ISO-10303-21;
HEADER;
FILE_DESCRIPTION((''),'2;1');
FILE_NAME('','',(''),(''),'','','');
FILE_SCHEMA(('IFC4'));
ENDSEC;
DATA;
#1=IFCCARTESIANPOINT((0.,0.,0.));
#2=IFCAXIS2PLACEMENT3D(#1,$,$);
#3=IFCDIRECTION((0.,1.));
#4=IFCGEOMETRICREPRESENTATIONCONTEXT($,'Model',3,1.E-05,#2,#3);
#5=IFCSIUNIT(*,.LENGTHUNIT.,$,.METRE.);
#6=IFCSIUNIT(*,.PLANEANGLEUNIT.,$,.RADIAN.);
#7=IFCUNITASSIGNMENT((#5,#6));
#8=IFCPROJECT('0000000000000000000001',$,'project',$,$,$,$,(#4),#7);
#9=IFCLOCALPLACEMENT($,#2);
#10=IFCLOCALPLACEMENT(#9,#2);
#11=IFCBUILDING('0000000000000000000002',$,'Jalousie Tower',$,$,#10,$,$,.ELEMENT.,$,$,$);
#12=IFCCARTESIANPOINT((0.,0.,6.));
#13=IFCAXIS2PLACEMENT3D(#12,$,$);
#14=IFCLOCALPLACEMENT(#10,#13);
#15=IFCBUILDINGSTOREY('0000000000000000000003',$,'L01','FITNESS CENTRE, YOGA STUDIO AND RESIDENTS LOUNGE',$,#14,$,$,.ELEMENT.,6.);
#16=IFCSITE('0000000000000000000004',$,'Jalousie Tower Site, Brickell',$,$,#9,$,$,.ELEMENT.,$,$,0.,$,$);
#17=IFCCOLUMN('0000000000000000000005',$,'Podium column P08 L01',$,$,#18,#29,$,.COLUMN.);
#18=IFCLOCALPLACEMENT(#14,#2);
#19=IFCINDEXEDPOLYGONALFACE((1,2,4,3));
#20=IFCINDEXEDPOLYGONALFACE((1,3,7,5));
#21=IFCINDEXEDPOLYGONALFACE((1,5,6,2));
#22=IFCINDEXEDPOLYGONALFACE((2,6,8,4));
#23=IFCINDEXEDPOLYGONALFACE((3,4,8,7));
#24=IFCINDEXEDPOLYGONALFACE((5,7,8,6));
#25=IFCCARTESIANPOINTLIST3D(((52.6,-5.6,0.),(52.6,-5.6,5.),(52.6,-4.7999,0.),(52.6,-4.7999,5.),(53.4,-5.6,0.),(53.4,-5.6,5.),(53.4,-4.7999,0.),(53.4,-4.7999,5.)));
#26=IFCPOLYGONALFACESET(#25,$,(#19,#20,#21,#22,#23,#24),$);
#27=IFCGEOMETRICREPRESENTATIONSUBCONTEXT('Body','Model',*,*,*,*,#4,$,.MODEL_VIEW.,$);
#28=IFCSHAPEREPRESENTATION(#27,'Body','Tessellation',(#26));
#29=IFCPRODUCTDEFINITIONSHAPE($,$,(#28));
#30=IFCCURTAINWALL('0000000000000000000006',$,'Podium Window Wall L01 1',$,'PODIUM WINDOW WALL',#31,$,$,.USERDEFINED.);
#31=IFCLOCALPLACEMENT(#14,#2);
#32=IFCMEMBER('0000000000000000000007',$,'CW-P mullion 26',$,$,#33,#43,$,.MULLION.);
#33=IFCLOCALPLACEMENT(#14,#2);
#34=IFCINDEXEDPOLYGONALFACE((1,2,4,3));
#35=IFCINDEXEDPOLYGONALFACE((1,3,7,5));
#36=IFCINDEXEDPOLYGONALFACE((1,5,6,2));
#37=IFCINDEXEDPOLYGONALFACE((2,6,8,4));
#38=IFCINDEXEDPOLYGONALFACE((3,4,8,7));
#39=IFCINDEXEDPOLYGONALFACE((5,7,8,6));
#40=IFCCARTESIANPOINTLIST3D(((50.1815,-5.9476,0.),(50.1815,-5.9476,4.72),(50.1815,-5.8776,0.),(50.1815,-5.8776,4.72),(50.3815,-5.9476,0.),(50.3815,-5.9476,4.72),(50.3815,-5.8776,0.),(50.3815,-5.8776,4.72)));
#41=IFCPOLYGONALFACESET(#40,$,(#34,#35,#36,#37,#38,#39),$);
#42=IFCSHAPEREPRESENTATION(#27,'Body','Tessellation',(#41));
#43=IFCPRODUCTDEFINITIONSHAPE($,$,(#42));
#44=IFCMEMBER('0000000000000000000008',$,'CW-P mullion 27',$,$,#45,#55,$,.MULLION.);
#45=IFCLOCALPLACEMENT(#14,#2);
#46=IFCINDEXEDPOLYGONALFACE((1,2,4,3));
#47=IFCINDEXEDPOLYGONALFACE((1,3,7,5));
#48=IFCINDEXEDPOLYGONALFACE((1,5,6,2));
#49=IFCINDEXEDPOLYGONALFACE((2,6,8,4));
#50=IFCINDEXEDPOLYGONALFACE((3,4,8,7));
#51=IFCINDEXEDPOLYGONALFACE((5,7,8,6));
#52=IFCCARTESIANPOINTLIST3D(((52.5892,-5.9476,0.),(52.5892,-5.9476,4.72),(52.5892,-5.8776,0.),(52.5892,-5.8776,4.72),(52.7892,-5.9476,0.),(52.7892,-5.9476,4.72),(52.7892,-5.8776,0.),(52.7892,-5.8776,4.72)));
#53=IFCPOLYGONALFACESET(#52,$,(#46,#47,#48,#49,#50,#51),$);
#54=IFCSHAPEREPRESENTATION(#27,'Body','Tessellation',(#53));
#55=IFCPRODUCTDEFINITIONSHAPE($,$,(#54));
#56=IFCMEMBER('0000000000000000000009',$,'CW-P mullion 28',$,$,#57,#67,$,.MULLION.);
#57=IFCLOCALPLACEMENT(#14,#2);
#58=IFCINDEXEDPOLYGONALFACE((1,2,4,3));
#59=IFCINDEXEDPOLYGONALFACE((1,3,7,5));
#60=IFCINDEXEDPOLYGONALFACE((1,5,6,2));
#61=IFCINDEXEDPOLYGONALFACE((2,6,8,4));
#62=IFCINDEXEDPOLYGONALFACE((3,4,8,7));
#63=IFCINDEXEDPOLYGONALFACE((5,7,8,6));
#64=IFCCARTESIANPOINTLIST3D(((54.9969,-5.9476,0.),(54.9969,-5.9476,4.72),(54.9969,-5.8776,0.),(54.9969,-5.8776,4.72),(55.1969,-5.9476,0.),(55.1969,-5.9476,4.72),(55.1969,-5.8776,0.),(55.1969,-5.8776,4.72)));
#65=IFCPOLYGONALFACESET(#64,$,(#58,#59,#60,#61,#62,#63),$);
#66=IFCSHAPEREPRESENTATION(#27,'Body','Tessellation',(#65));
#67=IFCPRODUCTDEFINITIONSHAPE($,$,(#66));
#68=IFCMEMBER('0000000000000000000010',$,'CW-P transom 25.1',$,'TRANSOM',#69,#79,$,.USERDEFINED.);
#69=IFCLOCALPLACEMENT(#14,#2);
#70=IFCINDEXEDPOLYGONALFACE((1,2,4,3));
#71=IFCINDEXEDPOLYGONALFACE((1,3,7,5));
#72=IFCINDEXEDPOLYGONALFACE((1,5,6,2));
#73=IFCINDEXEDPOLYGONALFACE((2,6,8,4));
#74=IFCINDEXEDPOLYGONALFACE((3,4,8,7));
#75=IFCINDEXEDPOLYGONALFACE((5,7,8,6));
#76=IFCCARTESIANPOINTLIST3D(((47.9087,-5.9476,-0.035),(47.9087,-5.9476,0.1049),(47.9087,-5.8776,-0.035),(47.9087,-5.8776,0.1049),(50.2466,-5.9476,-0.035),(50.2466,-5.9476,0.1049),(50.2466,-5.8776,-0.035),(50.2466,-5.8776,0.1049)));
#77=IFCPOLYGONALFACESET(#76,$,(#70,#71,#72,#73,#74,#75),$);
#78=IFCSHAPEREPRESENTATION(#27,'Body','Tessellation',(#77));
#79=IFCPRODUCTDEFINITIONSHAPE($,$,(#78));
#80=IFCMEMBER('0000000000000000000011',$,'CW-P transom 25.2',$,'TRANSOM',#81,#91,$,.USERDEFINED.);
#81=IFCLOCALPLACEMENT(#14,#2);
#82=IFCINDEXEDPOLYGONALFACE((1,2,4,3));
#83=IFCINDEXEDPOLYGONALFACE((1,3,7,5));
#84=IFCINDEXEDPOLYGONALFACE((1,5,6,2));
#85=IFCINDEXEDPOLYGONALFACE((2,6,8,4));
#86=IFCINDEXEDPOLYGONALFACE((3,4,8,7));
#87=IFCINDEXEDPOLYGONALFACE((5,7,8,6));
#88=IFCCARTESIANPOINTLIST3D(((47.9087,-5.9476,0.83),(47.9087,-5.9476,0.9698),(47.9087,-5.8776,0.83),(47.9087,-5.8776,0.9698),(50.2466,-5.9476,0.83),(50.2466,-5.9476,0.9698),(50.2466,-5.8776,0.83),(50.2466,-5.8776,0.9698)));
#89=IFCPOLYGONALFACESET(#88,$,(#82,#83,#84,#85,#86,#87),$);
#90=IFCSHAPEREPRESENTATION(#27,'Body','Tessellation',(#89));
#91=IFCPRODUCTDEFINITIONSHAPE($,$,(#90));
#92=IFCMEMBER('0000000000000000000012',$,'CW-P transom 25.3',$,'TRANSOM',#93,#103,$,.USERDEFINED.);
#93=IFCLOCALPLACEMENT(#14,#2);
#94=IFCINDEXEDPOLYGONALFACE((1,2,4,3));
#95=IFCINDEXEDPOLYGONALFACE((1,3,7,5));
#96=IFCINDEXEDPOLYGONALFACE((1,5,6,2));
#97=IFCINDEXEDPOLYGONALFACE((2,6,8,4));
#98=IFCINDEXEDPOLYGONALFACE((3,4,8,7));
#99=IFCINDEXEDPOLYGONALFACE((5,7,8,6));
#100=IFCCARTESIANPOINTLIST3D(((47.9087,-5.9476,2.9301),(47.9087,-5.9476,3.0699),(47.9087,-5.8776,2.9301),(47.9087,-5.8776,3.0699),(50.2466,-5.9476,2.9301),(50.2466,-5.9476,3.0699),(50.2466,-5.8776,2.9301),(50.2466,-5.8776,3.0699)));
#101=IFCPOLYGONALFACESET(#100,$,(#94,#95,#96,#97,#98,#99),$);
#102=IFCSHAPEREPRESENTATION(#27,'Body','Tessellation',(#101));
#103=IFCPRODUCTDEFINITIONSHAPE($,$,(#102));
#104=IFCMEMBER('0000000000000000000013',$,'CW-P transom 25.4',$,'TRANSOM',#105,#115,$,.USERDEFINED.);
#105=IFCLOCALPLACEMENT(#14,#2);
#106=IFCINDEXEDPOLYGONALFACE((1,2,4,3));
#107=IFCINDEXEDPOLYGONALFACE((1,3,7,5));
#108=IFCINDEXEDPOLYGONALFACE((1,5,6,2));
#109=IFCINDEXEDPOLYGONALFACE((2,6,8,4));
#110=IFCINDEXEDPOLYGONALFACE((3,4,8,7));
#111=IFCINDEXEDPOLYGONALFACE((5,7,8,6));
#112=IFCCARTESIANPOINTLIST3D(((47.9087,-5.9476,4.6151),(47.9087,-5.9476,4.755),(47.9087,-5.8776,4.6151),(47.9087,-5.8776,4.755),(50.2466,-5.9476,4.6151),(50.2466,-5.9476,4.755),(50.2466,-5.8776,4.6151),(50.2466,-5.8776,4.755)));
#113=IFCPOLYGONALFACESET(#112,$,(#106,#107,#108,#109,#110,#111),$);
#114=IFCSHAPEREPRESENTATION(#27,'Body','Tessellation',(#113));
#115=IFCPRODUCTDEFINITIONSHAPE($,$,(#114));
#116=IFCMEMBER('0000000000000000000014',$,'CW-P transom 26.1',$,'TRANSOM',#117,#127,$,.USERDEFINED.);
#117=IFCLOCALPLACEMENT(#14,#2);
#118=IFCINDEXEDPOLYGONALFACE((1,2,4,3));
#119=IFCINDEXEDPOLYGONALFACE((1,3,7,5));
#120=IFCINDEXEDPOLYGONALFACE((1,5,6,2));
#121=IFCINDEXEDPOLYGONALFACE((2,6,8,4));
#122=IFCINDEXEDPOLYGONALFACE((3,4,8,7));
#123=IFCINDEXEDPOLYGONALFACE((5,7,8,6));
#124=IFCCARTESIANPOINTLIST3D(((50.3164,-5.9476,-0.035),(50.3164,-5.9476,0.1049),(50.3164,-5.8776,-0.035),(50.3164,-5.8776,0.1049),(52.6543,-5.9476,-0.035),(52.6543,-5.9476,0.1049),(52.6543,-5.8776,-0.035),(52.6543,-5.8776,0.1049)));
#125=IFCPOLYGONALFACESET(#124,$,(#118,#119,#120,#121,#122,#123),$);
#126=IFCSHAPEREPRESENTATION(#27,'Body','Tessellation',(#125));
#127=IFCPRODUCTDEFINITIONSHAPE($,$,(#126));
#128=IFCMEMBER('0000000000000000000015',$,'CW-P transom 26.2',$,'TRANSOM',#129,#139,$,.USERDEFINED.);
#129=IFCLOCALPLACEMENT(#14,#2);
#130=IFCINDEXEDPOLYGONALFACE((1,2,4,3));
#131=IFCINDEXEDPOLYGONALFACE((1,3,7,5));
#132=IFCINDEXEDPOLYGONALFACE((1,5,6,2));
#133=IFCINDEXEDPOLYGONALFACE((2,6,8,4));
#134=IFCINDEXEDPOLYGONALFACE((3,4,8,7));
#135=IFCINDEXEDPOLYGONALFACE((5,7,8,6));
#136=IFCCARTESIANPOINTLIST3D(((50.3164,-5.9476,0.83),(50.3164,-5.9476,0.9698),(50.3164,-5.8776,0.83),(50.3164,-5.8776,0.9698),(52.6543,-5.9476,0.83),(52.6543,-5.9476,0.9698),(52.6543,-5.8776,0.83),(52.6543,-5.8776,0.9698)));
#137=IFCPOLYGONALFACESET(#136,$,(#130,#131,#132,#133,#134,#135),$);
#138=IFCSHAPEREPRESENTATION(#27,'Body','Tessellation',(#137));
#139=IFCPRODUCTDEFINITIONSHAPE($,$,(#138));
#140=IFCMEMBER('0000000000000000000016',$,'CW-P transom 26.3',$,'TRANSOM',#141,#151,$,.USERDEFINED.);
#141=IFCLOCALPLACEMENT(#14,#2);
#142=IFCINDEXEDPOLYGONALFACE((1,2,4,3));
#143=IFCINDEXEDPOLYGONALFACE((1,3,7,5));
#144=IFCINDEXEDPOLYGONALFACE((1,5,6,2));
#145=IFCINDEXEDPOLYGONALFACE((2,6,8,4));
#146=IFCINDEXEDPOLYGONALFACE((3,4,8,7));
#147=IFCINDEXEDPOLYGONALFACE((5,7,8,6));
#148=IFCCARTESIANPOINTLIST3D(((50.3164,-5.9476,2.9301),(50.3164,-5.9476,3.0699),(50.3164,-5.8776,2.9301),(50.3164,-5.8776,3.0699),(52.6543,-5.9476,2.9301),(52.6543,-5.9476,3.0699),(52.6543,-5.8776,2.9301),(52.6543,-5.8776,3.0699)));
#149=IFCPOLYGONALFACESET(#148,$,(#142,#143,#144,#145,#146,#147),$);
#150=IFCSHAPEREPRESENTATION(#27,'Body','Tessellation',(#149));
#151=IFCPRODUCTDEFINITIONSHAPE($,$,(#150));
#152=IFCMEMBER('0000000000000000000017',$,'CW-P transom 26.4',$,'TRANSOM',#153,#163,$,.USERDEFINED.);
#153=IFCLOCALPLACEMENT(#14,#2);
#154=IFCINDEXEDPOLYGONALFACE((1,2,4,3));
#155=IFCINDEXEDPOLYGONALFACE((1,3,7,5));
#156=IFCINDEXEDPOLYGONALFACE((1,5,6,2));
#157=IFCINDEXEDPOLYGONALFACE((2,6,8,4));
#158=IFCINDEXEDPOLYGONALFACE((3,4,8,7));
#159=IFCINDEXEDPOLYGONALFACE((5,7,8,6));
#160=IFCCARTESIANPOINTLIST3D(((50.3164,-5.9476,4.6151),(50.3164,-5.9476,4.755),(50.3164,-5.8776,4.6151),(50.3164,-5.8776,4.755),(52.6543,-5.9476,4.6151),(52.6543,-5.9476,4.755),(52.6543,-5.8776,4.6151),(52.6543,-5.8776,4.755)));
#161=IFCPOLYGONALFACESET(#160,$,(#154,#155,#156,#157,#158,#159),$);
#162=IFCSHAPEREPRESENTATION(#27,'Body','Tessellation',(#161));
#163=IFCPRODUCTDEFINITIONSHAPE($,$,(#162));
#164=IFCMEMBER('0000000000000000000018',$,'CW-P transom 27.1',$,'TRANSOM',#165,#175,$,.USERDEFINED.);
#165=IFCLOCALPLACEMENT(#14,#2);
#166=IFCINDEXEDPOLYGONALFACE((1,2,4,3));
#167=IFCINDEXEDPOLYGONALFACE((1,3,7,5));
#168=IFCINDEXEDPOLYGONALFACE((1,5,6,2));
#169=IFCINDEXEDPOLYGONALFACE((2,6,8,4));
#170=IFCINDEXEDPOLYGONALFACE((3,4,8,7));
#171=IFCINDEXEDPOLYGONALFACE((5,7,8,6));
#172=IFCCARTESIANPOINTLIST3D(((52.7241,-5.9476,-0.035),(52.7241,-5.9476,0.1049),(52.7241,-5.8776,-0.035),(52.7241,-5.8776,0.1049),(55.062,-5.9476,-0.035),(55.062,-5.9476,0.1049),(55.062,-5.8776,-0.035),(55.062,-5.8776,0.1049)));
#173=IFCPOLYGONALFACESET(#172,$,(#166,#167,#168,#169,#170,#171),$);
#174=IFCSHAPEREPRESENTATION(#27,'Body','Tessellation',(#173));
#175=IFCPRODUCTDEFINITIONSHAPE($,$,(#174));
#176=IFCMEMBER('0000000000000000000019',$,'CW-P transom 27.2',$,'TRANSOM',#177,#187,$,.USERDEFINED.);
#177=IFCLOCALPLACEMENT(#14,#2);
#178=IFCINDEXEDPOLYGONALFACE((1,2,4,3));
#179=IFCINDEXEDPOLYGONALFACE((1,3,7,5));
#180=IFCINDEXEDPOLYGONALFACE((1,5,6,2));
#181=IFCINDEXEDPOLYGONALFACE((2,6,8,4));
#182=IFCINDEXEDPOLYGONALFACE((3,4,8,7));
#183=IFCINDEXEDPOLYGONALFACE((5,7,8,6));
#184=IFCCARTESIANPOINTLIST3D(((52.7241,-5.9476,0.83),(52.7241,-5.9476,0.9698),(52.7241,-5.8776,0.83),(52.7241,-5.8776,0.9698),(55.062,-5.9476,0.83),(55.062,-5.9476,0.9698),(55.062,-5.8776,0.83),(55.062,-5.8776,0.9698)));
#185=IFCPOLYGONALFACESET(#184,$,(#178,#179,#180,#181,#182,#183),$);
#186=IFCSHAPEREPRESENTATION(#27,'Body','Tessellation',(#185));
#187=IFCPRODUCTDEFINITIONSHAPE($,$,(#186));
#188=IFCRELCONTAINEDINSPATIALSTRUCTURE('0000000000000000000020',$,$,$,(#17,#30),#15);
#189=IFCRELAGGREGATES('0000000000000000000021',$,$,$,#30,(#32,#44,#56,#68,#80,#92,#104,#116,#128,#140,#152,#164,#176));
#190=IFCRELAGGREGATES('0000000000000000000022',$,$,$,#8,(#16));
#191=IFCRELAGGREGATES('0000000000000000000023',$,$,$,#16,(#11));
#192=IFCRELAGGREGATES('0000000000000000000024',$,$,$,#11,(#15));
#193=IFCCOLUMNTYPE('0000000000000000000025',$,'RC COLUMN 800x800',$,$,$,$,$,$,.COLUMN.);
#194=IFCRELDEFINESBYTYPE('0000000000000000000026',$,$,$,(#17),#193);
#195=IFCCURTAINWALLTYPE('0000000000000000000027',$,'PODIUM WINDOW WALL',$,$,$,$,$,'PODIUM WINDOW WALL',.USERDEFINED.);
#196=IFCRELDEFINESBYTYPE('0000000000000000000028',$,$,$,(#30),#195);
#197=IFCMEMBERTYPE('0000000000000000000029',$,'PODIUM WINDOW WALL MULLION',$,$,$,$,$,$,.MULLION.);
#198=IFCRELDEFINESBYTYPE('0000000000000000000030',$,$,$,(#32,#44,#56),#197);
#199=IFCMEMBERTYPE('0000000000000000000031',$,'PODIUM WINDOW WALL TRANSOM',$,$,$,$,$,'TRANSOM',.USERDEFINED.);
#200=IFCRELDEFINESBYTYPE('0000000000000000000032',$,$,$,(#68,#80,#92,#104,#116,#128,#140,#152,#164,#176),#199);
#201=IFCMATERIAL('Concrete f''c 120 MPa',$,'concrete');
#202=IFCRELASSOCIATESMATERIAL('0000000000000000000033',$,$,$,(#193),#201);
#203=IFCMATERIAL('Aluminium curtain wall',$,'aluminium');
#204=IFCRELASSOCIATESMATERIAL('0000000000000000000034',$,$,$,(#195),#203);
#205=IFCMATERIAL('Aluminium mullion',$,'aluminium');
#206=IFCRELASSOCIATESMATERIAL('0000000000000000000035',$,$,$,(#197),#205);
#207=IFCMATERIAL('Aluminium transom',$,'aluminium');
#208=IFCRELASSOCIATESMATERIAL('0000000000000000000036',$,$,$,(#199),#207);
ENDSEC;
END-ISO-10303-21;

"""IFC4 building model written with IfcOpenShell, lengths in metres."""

from ifc_helpers import new_model, si_unit, direction, frame, origin, origin_2d, place, context, subcontext, project, spatial, rectangle, extrude, material, material_profile, profile_set, type_object, element, aggregate, save


model = new_model("IFC4")

# Units and contexts
model_context = context("Model", 3, precision=1e-05, world=origin(), true_north=direction((0.0, 1.0)))
body_context = subcontext(model_context, "Body", "Model", "MODEL_VIEW")
ifc_project = project(units=[si_unit("LENGTHUNIT", "METRE"), si_unit("PLANEANGLEUNIT", "RADIAN")], contexts=[model_context])

# Site, building, storey
site_placement = place(None, origin())
site = spatial("IfcSite", under=ifc_project, at=site_placement, Name="Jalousie Tower Site, Brickell", CompositionType="ELEMENT", RefElevation=0.0)
building_placement = place(site_placement, origin())
building = spatial("IfcBuilding", under=site, at=building_placement, Name="Jalousie Tower", CompositionType="ELEMENT")
storey_placement = place(building_placement, frame((0.0, 0.0, 6.0)))
storey = spatial("IfcBuildingStorey", under=building, at=storey_placement, Name="L01", Description="FITNESS CENTRE, YOGA STUDIO AND RESIDENTS LOUNGE", CompositionType="ELEMENT", Elevation=6.0)

# Column
ifc_material_1 = material(Name="Concrete f'c 120 MPa", Category="concrete")
ifc_material_profile_1 = material_profile(ifc_material_1, rectangle(XDim=0.8, YDim=0.8, at=origin_2d()), Name="RC 800x800")
ifc_profile_set_1 = profile_set([ifc_material_profile_1], Name="Concrete f'c 120 MPa")
column_type = type_object("IfcColumnType", Name="RC COLUMN 800x800", PredefinedType="COLUMN", material=ifc_profile_set_1)
column_placement = place(storey_placement, frame((53.0, -5.2, 0.0), z_axis=(0.0, 0.0, 1.0), x_axis=(1.0, 0.0, 0.0)))
element("IfcColumn", 1, at=column_placement, inside=storey, type_object=column_type, Name="Podium column P08 L01", PredefinedType="COLUMN", context=body_context, shape_type="SweptSolid", body=[
    extrude(rectangle(XDim=0.8, YDim=0.8, at=origin_2d()), origin(), (0.0, 0.0, 1.0), 5.0),
])

# Curtain wall, members
ifc_material_2 = material(Name="Aluminium curtain wall", Category="aluminium")
curtain_wall_type = type_object("IfcCurtainWallType", Name="PODIUM WINDOW WALL", ElementType="PODIUM WINDOW WALL", PredefinedType="USERDEFINED", material=ifc_material_2)
curtain_wall_placement = place(storey_placement, origin())
curtain_wall = element("IfcCurtainWall", 2, at=curtain_wall_placement, inside=storey, type_object=curtain_wall_type, Name="Podium Window Wall L01 1", ObjectType="PODIUM WINDOW WALL", PredefinedType="USERDEFINED")
ifc_material_3 = material(Name="Aluminium mullion", Category="aluminium")
ifc_material_profile_2 = material_profile(ifc_material_3, rectangle(XDim=0.0701, YDim=0.2, at=origin_2d()), Name="MULLION 70x200")
ifc_profile_set_2 = profile_set([ifc_material_profile_2], Name="Aluminium mullion")
member_type_1 = type_object("IfcMemberType", Name="PODIUM WINDOW WALL MULLION", PredefinedType="MULLION", material=ifc_profile_set_2)
member_1_placement = place(storey_placement, frame((50.2815, -5.9126, 0.0), z_axis=(0.0, 0.0, 1.0), x_axis=(0.0, 1.0, 0.0)))
member_1 = element("IfcMember", 3, at=member_1_placement, type_object=member_type_1, Name="CW-P mullion 26", PredefinedType="MULLION", context=body_context, shape_type="SweptSolid", body=[
    extrude(rectangle(XDim=0.0701, YDim=0.2, at=origin_2d()), origin(), (0.0, 0.0, 1.0), 4.72),
])
member_2_placement = place(storey_placement, frame((52.6892, -5.9126, 0.0), z_axis=(0.0, 0.0, 1.0), x_axis=(0.0, 1.0, 0.0)))
member_2 = element("IfcMember", 4, at=member_2_placement, type_object=member_type_1, Name="CW-P mullion 27", PredefinedType="MULLION", context=body_context, shape_type="SweptSolid", body=[
    extrude(rectangle(XDim=0.0701, YDim=0.2, at=origin_2d()), origin(), (0.0, 0.0, 1.0), 4.72),
])
member_3_placement = place(storey_placement, frame((55.0969, -5.9126, 0.0), z_axis=(0.0, 0.0, 1.0), x_axis=(0.0, 1.0, 0.0)))
member_3 = element("IfcMember", 5, at=member_3_placement, type_object=member_type_1, Name="CW-P mullion 28", PredefinedType="MULLION", context=body_context, shape_type="SweptSolid", body=[
    extrude(rectangle(XDim=0.0701, YDim=0.2, at=origin_2d()), origin(), (0.0, 0.0, 1.0), 4.72),
])
ifc_material_4 = material(Name="Aluminium transom", Category="aluminium")
ifc_material_profile_3 = material_profile(ifc_material_4, rectangle(XDim=0.0701, YDim=0.1399, at=origin_2d()), Name="TRANSOM 70x140")
ifc_profile_set_3 = profile_set([ifc_material_profile_3], Name="Aluminium transom")
member_type_2 = type_object("IfcMemberType", Name="PODIUM WINDOW WALL TRANSOM", ElementType="TRANSOM", PredefinedType="USERDEFINED", material=ifc_profile_set_3)
member_4_placement = place(storey_placement, frame((47.9087, -5.9126, 0.0349), z_axis=(1.0, 0.0, 0.0), x_axis=(0.0, 1.0, 0.0)))
member_4 = element("IfcMember", 6, at=member_4_placement, type_object=member_type_2, Name="CW-P transom 25.1", ObjectType="TRANSOM", PredefinedType="USERDEFINED", context=body_context, shape_type="SweptSolid", body=[
    extrude(rectangle(XDim=0.0701, YDim=0.1399, at=origin_2d()), origin(), (0.0, 0.0, 1.0), 2.3379),
])
member_5_placement = place(storey_placement, frame((47.9087, -5.9126, 0.8999), z_axis=(1.0, 0.0, 0.0), x_axis=(0.0, 1.0, 0.0)))
member_5 = element("IfcMember", 7, at=member_5_placement, type_object=member_type_2, Name="CW-P transom 25.2", ObjectType="TRANSOM", PredefinedType="USERDEFINED", context=body_context, shape_type="SweptSolid", body=[
    extrude(rectangle(XDim=0.0701, YDim=0.1399, at=origin_2d()), origin(), (0.0, 0.0, 1.0), 2.3379),
])
member_6_placement = place(storey_placement, frame((47.9087, -5.9126, 3.0), z_axis=(1.0, 0.0, 0.0), x_axis=(0.0, 1.0, 0.0)))
member_6 = element("IfcMember", 8, at=member_6_placement, type_object=member_type_2, Name="CW-P transom 25.3", ObjectType="TRANSOM", PredefinedType="USERDEFINED", context=body_context, shape_type="SweptSolid", body=[
    extrude(rectangle(XDim=0.0701, YDim=0.1399, at=origin_2d()), origin(), (0.0, 0.0, 1.0), 2.3379),
])
member_7_placement = place(storey_placement, frame((47.9087, -5.9126, 4.6851), z_axis=(1.0, 0.0, 0.0), x_axis=(0.0, 1.0, 0.0)))
member_7 = element("IfcMember", 9, at=member_7_placement, type_object=member_type_2, Name="CW-P transom 25.4", ObjectType="TRANSOM", PredefinedType="USERDEFINED", context=body_context, shape_type="SweptSolid", body=[
    extrude(rectangle(XDim=0.0701, YDim=0.1399, at=origin_2d()), origin(), (0.0, 0.0, 1.0), 2.3379),
])
member_8_placement = place(storey_placement, frame((50.3164, -5.9126, 0.0349), z_axis=(1.0, 0.0, 0.0), x_axis=(0.0, 1.0, 0.0)))
member_8 = element("IfcMember", 10, at=member_8_placement, type_object=member_type_2, Name="CW-P transom 26.1", ObjectType="TRANSOM", PredefinedType="USERDEFINED", context=body_context, shape_type="SweptSolid", body=[
    extrude(rectangle(XDim=0.0701, YDim=0.1399, at=origin_2d()), origin(), (0.0, 0.0, 1.0), 2.3379),
])
member_9_placement = place(storey_placement, frame((50.3164, -5.9126, 0.8999), z_axis=(1.0, 0.0, 0.0), x_axis=(0.0, 1.0, 0.0)))
member_9 = element("IfcMember", 11, at=member_9_placement, type_object=member_type_2, Name="CW-P transom 26.2", ObjectType="TRANSOM", PredefinedType="USERDEFINED", context=body_context, shape_type="SweptSolid", body=[
    extrude(rectangle(XDim=0.0701, YDim=0.1399, at=origin_2d()), origin(), (0.0, 0.0, 1.0), 2.3379),
])
member_10_placement = place(storey_placement, frame((50.3164, -5.9126, 3.0), z_axis=(1.0, 0.0, 0.0), x_axis=(0.0, 1.0, 0.0)))
member_10 = element("IfcMember", 12, at=member_10_placement, type_object=member_type_2, Name="CW-P transom 26.3", ObjectType="TRANSOM", PredefinedType="USERDEFINED", context=body_context, shape_type="SweptSolid", body=[
    extrude(rectangle(XDim=0.0701, YDim=0.1399, at=origin_2d()), origin(), (0.0, 0.0, 1.0), 2.3379),
])
member_11_placement = place(storey_placement, frame((50.3164, -5.9126, 4.6851), z_axis=(1.0, 0.0, 0.0), x_axis=(0.0, 1.0, 0.0)))
member_11 = element("IfcMember", 13, at=member_11_placement, type_object=member_type_2, Name="CW-P transom 26.4", ObjectType="TRANSOM", PredefinedType="USERDEFINED", context=body_context, shape_type="SweptSolid", body=[
    extrude(rectangle(XDim=0.0701, YDim=0.1399, at=origin_2d()), origin(), (0.0, 0.0, 1.0), 2.3379),
])
member_12_placement = place(storey_placement, frame((52.7241, -5.9126, 0.0349), z_axis=(1.0, 0.0, 0.0), x_axis=(0.0, 1.0, 0.0)))
member_12 = element("IfcMember", 14, at=member_12_placement, type_object=member_type_2, Name="CW-P transom 27.1", ObjectType="TRANSOM", PredefinedType="USERDEFINED", context=body_context, shape_type="SweptSolid", body=[
    extrude(rectangle(XDim=0.0701, YDim=0.1399, at=origin_2d()), origin(), (0.0, 0.0, 1.0), 2.3379),
])
member_13_placement = place(storey_placement, frame((52.7241, -5.9126, 0.8999), z_axis=(1.0, 0.0, 0.0), x_axis=(0.0, 1.0, 0.0)))
member_13 = element("IfcMember", 15, at=member_13_placement, type_object=member_type_2, Name="CW-P transom 27.2", ObjectType="TRANSOM", PredefinedType="USERDEFINED", context=body_context, shape_type="SweptSolid", body=[
    extrude(rectangle(XDim=0.0701, YDim=0.1399, at=origin_2d()), origin(), (0.0, 0.0, 1.0), 2.3379),
])

aggregate(curtain_wall, [member_1, member_2, member_3, member_4, member_5, member_6, member_7, member_8, member_9, member_10, member_11, member_12, member_13])

save(model, "model.ifc")
